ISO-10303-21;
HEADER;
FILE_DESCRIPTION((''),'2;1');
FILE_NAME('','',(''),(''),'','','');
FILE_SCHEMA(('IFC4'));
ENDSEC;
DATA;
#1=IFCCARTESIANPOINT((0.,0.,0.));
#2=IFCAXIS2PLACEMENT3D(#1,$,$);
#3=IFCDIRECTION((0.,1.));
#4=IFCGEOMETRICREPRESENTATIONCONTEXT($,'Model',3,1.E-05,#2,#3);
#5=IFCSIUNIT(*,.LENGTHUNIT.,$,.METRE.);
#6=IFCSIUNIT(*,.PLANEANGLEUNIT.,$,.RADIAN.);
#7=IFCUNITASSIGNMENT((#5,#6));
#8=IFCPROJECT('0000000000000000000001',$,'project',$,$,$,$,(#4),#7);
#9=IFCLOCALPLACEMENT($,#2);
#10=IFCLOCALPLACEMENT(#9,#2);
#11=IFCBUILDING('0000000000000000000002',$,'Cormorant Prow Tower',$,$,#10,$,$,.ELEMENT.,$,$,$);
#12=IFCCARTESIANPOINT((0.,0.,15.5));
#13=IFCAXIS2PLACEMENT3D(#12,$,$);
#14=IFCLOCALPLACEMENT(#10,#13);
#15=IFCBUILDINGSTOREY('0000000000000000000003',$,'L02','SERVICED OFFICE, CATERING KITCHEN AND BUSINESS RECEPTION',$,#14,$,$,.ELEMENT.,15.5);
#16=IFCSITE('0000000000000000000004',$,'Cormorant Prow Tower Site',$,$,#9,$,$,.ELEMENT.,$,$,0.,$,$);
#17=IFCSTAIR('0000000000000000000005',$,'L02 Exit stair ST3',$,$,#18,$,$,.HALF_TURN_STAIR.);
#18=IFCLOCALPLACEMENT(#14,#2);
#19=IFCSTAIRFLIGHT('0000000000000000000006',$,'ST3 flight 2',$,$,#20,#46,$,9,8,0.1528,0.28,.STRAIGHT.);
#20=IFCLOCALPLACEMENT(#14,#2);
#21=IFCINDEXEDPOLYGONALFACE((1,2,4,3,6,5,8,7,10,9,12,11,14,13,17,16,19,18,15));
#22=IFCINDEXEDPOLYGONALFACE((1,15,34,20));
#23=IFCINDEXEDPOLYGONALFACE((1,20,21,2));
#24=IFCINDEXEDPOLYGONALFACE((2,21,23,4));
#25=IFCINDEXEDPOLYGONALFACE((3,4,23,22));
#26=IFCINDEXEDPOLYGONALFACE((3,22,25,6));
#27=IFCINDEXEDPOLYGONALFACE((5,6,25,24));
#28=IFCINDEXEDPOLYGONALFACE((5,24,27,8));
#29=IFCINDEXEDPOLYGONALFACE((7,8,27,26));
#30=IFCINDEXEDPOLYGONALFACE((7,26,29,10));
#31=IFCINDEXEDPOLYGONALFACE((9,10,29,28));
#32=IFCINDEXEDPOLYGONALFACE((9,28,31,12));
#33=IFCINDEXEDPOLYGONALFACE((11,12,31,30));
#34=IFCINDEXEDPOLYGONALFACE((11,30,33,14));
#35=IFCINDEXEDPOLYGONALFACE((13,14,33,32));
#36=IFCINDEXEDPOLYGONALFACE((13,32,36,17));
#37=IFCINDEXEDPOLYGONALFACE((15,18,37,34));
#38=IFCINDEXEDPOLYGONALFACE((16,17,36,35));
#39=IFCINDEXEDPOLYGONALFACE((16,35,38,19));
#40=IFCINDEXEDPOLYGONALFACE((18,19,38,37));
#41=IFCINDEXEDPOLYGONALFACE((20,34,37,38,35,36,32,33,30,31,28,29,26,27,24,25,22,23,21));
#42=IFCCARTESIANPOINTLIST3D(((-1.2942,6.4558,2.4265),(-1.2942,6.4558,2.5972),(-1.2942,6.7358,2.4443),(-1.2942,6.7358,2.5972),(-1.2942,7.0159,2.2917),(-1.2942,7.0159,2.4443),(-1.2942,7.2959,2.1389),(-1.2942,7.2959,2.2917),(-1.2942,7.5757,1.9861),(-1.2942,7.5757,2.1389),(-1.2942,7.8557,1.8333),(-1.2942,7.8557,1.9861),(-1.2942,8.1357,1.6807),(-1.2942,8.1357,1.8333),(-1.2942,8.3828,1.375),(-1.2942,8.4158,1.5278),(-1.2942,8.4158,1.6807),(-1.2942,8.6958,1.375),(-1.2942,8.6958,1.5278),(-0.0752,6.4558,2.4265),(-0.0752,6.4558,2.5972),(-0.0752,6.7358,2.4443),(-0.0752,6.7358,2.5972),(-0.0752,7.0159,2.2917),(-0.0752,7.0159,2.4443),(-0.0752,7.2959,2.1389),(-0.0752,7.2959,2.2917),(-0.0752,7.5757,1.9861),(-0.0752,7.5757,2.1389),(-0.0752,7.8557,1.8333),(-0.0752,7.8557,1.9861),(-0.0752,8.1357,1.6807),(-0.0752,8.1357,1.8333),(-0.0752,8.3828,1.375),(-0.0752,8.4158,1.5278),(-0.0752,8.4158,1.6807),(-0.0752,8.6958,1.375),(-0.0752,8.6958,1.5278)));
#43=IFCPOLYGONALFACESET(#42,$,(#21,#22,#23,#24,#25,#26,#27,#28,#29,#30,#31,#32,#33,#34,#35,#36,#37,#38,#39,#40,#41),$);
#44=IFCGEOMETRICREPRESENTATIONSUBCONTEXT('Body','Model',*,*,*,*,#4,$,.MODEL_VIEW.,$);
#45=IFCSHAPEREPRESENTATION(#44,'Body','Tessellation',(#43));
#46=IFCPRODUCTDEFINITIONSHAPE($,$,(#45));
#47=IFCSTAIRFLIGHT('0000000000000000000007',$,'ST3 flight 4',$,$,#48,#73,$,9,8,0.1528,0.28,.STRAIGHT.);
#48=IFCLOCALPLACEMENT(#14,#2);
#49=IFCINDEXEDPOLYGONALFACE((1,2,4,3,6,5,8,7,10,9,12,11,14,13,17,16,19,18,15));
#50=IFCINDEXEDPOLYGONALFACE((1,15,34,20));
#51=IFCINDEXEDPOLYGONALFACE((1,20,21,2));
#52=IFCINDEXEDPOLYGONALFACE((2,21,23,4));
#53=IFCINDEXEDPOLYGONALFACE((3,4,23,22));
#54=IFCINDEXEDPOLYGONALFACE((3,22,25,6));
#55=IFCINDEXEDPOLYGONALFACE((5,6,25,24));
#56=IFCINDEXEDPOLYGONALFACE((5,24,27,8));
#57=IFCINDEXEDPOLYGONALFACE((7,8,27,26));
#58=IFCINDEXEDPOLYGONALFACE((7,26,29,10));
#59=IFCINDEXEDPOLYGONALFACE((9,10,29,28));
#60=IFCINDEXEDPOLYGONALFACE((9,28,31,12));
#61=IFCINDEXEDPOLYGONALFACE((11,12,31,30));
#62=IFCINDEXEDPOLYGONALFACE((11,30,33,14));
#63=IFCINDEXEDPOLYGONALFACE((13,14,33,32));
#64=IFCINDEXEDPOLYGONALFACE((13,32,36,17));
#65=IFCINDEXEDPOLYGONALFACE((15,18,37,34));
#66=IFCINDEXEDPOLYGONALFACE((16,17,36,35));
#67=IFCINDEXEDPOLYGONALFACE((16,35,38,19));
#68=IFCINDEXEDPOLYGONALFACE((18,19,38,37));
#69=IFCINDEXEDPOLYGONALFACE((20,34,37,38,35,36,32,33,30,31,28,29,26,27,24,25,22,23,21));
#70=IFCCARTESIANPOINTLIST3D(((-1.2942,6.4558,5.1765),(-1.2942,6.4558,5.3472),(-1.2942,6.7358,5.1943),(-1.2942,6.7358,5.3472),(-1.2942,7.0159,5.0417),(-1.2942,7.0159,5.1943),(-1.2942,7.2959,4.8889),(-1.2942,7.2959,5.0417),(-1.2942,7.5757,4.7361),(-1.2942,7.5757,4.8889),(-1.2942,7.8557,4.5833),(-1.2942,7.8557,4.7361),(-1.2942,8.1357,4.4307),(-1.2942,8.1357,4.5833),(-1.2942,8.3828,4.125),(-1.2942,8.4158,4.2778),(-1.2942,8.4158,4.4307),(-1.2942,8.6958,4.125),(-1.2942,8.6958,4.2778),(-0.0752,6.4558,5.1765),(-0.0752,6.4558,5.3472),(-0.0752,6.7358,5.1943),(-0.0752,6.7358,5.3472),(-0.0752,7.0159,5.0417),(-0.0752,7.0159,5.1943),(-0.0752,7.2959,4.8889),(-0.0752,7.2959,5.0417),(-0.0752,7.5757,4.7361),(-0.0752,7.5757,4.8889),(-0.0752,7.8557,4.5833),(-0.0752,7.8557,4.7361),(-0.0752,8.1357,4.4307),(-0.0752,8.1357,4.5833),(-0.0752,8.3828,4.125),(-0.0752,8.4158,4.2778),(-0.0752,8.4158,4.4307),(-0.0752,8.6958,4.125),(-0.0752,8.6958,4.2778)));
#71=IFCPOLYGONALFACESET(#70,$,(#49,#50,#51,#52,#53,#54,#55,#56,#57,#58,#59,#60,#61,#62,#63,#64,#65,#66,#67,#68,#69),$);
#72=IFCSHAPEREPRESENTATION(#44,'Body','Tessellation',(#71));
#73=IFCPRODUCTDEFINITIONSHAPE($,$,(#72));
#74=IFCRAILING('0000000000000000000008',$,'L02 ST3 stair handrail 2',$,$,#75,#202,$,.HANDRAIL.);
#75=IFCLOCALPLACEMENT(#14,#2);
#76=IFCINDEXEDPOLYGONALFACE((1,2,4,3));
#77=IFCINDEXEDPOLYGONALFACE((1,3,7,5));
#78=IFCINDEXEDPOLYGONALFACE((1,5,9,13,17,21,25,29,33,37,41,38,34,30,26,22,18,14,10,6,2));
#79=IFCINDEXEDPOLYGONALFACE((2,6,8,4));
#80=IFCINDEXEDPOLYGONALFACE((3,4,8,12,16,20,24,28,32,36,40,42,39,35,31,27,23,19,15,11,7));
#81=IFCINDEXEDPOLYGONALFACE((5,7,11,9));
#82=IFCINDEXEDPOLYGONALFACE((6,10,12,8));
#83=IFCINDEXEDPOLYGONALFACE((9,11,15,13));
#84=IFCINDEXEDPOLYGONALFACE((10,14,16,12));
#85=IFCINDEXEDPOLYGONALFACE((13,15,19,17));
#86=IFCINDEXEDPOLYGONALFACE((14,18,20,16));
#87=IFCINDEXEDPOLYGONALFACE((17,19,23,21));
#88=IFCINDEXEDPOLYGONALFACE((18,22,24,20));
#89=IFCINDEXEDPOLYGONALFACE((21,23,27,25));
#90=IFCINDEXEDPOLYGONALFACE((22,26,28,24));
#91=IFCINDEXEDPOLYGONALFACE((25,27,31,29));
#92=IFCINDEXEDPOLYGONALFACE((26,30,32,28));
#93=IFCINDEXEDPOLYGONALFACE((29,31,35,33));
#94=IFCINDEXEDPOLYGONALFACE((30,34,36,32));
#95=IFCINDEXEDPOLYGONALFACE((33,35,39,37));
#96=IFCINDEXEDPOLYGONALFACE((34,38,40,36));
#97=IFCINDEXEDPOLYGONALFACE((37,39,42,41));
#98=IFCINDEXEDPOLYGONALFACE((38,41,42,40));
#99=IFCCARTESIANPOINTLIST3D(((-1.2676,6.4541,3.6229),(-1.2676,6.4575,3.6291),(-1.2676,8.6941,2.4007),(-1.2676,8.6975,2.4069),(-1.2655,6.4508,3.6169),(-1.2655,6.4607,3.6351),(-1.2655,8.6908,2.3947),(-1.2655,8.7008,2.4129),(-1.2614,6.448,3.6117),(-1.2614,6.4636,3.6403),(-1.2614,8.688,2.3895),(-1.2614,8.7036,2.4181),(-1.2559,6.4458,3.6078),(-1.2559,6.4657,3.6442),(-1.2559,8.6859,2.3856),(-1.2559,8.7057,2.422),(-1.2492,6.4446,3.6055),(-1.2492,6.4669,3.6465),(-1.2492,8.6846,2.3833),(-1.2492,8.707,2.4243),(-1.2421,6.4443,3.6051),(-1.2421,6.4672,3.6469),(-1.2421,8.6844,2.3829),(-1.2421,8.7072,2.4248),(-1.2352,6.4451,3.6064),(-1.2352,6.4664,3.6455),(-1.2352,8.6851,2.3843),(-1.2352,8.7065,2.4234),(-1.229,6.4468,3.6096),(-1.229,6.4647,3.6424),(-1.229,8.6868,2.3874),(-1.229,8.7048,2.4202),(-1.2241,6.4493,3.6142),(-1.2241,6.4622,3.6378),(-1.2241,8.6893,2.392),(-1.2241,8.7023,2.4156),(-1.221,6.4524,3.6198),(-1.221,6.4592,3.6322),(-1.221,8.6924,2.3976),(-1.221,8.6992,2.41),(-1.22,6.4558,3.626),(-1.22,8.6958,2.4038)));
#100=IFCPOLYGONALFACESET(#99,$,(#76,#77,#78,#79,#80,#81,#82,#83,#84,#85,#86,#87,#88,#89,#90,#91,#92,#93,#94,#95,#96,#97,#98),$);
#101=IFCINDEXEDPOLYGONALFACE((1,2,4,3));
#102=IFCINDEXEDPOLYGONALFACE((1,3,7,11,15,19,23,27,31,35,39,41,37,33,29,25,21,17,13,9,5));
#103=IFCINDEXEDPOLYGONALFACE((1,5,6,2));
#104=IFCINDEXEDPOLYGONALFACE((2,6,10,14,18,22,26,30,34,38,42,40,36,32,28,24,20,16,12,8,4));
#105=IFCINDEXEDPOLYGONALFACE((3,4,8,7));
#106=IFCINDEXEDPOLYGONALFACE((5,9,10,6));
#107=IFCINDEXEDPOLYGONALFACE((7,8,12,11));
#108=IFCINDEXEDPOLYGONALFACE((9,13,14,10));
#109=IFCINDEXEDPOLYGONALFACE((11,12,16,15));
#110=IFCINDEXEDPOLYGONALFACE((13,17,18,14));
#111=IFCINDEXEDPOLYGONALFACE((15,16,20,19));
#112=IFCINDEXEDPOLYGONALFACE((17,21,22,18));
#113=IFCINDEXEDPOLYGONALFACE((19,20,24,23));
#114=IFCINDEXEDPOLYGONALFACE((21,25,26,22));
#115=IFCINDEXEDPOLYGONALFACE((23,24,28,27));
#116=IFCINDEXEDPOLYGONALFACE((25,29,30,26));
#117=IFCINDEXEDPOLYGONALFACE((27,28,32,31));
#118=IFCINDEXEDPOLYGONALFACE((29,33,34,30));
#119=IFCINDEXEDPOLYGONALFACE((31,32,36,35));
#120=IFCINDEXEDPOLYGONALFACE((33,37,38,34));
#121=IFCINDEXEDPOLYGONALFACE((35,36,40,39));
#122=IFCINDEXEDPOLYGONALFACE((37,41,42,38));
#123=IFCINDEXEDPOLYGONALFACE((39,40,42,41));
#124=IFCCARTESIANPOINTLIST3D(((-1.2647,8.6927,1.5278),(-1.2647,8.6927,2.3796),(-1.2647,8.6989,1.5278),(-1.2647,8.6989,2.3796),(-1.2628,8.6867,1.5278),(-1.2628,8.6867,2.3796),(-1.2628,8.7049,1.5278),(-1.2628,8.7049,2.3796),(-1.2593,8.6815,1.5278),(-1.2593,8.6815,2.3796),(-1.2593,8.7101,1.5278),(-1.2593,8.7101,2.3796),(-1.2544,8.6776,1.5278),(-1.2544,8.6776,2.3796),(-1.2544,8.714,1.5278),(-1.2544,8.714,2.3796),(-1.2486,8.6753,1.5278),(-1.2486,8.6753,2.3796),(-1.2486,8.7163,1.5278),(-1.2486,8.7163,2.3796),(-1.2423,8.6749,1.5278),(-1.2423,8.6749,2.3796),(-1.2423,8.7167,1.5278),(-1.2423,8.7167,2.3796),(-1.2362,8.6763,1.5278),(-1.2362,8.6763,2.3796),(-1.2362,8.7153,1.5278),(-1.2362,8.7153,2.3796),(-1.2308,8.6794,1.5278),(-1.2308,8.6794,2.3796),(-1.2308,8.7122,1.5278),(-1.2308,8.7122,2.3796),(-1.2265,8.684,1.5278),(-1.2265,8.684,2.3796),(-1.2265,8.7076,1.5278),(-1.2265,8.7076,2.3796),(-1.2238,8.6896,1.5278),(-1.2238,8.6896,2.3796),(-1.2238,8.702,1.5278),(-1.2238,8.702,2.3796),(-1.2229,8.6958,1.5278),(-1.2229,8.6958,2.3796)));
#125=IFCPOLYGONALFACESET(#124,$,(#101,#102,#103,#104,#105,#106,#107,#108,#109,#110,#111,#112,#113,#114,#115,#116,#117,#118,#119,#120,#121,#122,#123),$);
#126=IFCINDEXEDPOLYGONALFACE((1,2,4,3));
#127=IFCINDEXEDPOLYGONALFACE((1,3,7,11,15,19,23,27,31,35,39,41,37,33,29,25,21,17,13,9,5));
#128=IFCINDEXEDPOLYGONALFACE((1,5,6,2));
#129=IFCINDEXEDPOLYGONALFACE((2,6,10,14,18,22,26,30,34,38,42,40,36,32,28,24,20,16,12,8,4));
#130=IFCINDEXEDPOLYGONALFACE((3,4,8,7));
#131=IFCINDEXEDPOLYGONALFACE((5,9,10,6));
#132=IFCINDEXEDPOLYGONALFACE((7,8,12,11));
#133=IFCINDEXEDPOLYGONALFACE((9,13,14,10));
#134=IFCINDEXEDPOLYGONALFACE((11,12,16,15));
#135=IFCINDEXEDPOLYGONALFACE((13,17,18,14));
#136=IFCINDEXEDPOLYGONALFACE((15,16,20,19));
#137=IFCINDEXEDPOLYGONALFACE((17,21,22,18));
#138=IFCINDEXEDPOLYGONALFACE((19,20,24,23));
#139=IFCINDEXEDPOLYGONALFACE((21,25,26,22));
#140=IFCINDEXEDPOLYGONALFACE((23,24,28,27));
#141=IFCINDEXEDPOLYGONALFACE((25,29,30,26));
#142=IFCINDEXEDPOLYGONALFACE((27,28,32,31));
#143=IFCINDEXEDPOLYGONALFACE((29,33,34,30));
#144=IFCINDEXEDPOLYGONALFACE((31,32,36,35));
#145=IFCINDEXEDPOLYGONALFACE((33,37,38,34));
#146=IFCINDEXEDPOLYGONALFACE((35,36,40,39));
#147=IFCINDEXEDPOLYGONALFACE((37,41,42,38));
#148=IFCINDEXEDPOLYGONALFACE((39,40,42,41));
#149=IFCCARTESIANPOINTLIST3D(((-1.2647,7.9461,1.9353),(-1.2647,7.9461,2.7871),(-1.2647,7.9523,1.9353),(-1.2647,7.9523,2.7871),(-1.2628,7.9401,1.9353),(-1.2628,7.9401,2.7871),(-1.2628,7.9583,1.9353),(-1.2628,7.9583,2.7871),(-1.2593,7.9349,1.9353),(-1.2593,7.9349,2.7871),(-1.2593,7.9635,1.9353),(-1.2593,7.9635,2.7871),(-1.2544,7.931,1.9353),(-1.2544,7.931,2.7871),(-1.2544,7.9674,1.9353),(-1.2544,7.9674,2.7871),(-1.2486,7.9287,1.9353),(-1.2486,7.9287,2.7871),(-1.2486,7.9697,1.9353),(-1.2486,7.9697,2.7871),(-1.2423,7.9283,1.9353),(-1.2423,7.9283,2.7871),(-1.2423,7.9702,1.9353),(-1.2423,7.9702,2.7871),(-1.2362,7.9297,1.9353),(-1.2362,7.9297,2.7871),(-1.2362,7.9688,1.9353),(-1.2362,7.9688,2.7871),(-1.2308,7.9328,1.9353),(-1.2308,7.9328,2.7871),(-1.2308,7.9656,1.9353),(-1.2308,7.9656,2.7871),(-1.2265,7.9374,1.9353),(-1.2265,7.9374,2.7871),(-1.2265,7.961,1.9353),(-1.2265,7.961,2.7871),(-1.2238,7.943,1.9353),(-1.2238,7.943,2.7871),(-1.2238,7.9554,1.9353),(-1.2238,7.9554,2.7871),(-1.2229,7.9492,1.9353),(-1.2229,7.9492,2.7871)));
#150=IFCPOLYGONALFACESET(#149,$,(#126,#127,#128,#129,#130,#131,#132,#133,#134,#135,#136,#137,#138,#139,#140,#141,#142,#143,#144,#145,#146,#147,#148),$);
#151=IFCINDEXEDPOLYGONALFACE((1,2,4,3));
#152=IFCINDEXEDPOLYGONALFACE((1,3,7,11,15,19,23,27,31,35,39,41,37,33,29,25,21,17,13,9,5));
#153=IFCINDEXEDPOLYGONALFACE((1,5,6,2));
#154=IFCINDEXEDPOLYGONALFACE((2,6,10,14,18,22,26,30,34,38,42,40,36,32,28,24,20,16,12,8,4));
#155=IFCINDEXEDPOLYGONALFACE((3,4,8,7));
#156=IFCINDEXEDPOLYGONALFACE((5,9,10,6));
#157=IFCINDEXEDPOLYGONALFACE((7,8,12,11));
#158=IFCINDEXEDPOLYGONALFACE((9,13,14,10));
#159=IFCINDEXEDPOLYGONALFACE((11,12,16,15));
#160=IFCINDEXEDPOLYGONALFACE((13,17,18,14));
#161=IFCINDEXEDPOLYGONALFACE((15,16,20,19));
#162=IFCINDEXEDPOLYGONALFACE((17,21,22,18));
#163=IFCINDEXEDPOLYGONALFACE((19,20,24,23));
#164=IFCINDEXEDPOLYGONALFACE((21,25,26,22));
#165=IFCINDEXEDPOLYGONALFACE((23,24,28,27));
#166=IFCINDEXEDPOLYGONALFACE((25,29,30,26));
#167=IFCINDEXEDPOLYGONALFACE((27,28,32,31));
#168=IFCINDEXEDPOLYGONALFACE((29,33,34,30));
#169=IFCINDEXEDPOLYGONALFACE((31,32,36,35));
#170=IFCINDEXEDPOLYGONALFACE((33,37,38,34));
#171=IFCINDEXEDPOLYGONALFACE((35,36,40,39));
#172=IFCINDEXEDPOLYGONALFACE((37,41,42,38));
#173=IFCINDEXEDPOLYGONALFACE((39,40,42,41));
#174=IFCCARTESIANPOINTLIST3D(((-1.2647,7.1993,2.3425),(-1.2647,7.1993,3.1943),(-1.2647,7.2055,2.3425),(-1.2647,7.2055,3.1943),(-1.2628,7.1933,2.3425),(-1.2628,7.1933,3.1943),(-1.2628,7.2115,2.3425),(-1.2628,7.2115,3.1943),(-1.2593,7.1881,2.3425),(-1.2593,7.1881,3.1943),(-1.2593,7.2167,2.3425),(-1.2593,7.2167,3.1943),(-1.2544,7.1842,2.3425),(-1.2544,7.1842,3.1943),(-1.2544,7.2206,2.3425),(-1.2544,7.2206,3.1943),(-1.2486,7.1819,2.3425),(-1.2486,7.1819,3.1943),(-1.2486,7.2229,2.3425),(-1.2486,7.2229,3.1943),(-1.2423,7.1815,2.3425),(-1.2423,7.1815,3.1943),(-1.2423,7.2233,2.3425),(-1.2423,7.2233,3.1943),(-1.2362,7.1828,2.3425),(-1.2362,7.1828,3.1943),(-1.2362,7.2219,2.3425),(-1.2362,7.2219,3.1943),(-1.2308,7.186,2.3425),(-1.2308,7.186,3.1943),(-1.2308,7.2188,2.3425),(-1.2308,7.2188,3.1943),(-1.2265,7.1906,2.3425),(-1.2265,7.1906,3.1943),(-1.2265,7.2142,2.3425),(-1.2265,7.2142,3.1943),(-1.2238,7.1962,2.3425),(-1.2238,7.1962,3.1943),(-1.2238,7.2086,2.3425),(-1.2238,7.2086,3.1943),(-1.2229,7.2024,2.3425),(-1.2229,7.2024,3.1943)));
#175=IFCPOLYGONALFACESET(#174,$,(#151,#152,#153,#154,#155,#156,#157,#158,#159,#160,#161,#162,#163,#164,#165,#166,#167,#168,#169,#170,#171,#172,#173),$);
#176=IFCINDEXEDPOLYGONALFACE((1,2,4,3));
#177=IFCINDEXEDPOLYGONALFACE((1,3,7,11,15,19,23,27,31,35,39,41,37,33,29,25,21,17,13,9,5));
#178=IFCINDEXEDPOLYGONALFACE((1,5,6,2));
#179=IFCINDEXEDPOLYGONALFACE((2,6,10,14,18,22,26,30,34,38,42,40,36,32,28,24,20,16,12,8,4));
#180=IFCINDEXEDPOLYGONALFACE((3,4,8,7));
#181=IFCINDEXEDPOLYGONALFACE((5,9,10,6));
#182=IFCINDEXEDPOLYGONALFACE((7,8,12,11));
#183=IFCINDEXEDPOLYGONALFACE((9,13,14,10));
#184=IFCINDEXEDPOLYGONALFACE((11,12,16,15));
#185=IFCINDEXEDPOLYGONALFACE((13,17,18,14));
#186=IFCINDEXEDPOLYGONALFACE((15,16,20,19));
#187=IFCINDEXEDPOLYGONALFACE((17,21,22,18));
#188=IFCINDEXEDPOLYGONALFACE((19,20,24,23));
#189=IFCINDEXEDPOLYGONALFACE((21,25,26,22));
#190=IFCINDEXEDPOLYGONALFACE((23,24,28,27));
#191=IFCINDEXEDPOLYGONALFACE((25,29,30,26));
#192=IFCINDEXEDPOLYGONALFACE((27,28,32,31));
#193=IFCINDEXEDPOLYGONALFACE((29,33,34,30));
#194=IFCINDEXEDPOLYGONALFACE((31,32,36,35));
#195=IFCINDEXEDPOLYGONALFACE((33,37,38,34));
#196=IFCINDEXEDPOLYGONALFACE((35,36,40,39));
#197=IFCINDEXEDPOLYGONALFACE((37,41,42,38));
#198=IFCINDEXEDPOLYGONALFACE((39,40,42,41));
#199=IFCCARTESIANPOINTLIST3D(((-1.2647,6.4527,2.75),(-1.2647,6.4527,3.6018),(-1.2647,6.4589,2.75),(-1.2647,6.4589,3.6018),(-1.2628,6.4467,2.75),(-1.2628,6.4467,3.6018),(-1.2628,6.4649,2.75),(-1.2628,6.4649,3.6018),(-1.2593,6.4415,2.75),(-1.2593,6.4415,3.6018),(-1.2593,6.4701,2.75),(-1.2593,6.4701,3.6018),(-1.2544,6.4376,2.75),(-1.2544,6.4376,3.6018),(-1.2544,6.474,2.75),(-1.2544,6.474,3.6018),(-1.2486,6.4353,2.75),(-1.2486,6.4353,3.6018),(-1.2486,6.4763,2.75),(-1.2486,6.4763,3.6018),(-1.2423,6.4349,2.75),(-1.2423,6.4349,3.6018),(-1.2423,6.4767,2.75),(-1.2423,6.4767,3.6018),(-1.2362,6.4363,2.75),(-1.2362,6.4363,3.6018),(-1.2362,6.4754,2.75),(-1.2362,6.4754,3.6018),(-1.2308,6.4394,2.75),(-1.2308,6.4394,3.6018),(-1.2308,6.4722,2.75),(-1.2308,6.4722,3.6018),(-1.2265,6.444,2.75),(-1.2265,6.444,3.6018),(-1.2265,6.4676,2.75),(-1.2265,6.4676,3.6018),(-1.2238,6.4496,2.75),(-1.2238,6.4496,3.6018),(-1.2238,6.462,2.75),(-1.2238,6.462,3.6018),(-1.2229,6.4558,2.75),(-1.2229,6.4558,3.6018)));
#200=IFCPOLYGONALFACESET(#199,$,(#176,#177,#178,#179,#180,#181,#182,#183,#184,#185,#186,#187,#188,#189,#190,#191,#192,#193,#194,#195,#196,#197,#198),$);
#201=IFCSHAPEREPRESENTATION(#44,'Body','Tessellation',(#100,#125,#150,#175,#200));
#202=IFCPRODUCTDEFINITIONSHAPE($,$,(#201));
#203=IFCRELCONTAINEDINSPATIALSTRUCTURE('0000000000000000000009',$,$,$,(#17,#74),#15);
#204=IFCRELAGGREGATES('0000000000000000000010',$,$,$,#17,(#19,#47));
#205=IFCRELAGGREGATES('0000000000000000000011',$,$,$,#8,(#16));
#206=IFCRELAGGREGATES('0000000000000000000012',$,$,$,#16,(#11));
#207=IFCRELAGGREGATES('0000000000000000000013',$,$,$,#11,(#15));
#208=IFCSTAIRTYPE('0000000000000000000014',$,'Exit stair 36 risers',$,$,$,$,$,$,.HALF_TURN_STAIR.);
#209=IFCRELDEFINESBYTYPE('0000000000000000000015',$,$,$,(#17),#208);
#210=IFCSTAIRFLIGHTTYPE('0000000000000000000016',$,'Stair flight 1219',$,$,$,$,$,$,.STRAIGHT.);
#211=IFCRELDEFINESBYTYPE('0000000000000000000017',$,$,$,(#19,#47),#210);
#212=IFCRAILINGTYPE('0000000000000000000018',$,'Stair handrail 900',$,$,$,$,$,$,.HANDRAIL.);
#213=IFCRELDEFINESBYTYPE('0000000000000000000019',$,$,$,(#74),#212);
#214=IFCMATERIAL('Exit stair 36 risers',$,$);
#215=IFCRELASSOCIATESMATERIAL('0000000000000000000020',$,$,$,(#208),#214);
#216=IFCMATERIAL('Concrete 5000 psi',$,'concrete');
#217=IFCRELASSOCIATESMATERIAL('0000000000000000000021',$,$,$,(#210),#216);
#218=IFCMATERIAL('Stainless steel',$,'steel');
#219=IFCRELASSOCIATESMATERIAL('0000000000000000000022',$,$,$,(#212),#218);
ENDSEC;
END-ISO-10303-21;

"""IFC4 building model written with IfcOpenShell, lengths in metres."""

from ifc_helpers import new_model, si_unit, direction, frame, origin, origin_2d, place, context, subcontext, project, spatial, polyline, circle, outline, extrude, material, type_object, element, aggregate, save


model = new_model("IFC4")

# Units and contexts
model_context = context("Model", 3, precision=1e-05, world=origin(), true_north=direction((0.0, 1.0)))
body_context = subcontext(model_context, "Body", "Model", "MODEL_VIEW")
ifc_project = project(units=[si_unit("LENGTHUNIT", "METRE"), si_unit("PLANEANGLEUNIT", "RADIAN")], contexts=[model_context])

# Site, building, storey
site_placement = place(None, origin())
site = spatial("IfcSite", under=ifc_project, at=site_placement, Name="Cormorant Prow Tower Site", CompositionType="ELEMENT", RefElevation=0.0)
building_placement = place(site_placement, origin())
building = spatial("IfcBuilding", under=site, at=building_placement, Name="Cormorant Prow Tower", CompositionType="ELEMENT")
storey_placement = place(building_placement, frame((0.0, 0.0, 15.5)))
storey = spatial("IfcBuildingStorey", under=building, at=storey_placement, Name="L02", Description="SERVICED OFFICE, CATERING KITCHEN AND BUSINESS RECEPTION", CompositionType="ELEMENT", Elevation=15.5)

# Stair, stair flights
ifc_material_1 = material(Name="Exit stair 36 risers")
stair_type = type_object("IfcStairType", Name="Exit stair 36 risers", PredefinedType="HALF_TURN_STAIR", material=ifc_material_1)
stair_placement = place(storey_placement, origin())
stair = element("IfcStair", 1, at=stair_placement, inside=storey, type_object=stair_type, Name="L02 Exit stair ST3", PredefinedType="HALF_TURN_STAIR")
ifc_material_2 = material(Name="Concrete 5000 psi", Category="concrete")
stair_flight_type = type_object("IfcStairFlightType", Name="Stair flight 1219", PredefinedType="STRAIGHT", material=ifc_material_2)
stair_flight_1_placement = place(storey_placement, frame((-0.6846, 8.6958, 1.375), z_axis=(0.0, 0.0, 1.0), x_axis=(0.0, -1.0, 0.0)))
stair_flight_1 = element("IfcStairFlight", 2, at=stair_flight_1_placement, type_object=stair_flight_type, Name="ST3 flight 2", NumberOfRisers=9, NumberOfTreads=8, PredefinedType="STRAIGHT", RiserHeight=0.1528, TreadLength=0.28, context=body_context, shape_type="SweptSolid", body=[
    extrude(outline(polyline([(0.0, 0.0), (0.0, 0.1528), (0.28, 0.1528), (0.28, 0.3057), (0.5601, 0.3057), (0.5601, 0.4583), (0.8401, 0.4583), (0.8401, 0.6111), (1.1201, 0.6111), (1.1201, 0.7639), (1.3999, 0.7639), (1.3999, 0.9167), (1.6799, 0.9167), (1.6799, 1.0693), (1.96, 1.0693), (1.96, 1.2222), (2.24, 1.2222), (2.24, 1.375), (2.24, 1.0515), (0.313, 0.0), (0.0, 0.0)])), frame((0.0, 0.6094, 0.0), z_axis=(0.0, -1.0, 0.0), x_axis=(1.0, 0.0, 0.0)), (0.0, 0.0, 1.0), 1.219),
])
stair_flight_2_placement = place(storey_placement, frame((-0.6846, 8.6958, 4.125), z_axis=(0.0, 0.0, 1.0), x_axis=(0.0, -1.0, 0.0)))
stair_flight_2 = element("IfcStairFlight", 3, at=stair_flight_2_placement, type_object=stair_flight_type, Name="ST3 flight 4", NumberOfRisers=9, NumberOfTreads=8, PredefinedType="STRAIGHT", RiserHeight=0.1528, TreadLength=0.28, context=body_context, shape_type="SweptSolid", body=[
    extrude(outline(polyline([(0.0, 0.0), (0.0, 0.1528), (0.28, 0.1528), (0.28, 0.3057), (0.5601, 0.3057), (0.5601, 0.4583), (0.8401, 0.4583), (0.8401, 0.6111), (1.1201, 0.6111), (1.1201, 0.7639), (1.3999, 0.7639), (1.3999, 0.9167), (1.6799, 0.9167), (1.6799, 1.0693), (1.96, 1.0693), (1.96, 1.2222), (2.24, 1.2222), (2.24, 1.375), (2.24, 1.0515), (0.313, 0.0), (0.0, 0.0)])), frame((0.0, 0.6094, 0.0), z_axis=(0.0, -1.0, 0.0), x_axis=(1.0, 0.0, 0.0)), (0.0, 0.0, 1.0), 1.219),
])
aggregate(stair, [stair_flight_1, stair_flight_2])

# Railing
ifc_material_3 = material(Name="Stainless steel", Category="steel")
railing_type = type_object("IfcRailingType", Name="Stair handrail 900", PredefinedType="HANDRAIL", material=ifc_material_3)
for number, where, name in (
    (4, (-1.2439, 8.6958, 1.5278), "L02 ST3 stair handrail 2"),
):
    element("IfcRailing", number, at=place(storey_placement, frame(where)), inside=storey, type_object=railing_type, Name=name, PredefinedType="HANDRAIL", context=body_context, shape_type="SweptSolid", body=[
        extrude(circle(Radius=0.0239, at=origin_2d()), frame((0.0, 0.0, 0.876), z_axis=(0.0, -0.877837, 0.478959), x_axis=(1.0, 0.0, 0.0)), (0.0, 0.0, 1.0), 2.5518),
        extrude(circle(Radius=0.021, at=origin_2d()), origin(), (0.0, 0.0, 1.0), 0.8518),
        extrude(circle(Radius=0.021, at=origin_2d()), frame((0.0, -0.7466, 0.4075)), (0.0, 0.0, 1.0), 0.8518),
        extrude(circle(Radius=0.021, at=origin_2d()), frame((0.0, -1.4934, 0.8147)), (0.0, 0.0, 1.0), 0.8518),
        extrude(circle(Radius=0.021, at=origin_2d()), frame((0.0, -2.24, 1.2222)), (0.0, 0.0, 1.0), 0.8518),
    ])

save(model, "model.ifc")
